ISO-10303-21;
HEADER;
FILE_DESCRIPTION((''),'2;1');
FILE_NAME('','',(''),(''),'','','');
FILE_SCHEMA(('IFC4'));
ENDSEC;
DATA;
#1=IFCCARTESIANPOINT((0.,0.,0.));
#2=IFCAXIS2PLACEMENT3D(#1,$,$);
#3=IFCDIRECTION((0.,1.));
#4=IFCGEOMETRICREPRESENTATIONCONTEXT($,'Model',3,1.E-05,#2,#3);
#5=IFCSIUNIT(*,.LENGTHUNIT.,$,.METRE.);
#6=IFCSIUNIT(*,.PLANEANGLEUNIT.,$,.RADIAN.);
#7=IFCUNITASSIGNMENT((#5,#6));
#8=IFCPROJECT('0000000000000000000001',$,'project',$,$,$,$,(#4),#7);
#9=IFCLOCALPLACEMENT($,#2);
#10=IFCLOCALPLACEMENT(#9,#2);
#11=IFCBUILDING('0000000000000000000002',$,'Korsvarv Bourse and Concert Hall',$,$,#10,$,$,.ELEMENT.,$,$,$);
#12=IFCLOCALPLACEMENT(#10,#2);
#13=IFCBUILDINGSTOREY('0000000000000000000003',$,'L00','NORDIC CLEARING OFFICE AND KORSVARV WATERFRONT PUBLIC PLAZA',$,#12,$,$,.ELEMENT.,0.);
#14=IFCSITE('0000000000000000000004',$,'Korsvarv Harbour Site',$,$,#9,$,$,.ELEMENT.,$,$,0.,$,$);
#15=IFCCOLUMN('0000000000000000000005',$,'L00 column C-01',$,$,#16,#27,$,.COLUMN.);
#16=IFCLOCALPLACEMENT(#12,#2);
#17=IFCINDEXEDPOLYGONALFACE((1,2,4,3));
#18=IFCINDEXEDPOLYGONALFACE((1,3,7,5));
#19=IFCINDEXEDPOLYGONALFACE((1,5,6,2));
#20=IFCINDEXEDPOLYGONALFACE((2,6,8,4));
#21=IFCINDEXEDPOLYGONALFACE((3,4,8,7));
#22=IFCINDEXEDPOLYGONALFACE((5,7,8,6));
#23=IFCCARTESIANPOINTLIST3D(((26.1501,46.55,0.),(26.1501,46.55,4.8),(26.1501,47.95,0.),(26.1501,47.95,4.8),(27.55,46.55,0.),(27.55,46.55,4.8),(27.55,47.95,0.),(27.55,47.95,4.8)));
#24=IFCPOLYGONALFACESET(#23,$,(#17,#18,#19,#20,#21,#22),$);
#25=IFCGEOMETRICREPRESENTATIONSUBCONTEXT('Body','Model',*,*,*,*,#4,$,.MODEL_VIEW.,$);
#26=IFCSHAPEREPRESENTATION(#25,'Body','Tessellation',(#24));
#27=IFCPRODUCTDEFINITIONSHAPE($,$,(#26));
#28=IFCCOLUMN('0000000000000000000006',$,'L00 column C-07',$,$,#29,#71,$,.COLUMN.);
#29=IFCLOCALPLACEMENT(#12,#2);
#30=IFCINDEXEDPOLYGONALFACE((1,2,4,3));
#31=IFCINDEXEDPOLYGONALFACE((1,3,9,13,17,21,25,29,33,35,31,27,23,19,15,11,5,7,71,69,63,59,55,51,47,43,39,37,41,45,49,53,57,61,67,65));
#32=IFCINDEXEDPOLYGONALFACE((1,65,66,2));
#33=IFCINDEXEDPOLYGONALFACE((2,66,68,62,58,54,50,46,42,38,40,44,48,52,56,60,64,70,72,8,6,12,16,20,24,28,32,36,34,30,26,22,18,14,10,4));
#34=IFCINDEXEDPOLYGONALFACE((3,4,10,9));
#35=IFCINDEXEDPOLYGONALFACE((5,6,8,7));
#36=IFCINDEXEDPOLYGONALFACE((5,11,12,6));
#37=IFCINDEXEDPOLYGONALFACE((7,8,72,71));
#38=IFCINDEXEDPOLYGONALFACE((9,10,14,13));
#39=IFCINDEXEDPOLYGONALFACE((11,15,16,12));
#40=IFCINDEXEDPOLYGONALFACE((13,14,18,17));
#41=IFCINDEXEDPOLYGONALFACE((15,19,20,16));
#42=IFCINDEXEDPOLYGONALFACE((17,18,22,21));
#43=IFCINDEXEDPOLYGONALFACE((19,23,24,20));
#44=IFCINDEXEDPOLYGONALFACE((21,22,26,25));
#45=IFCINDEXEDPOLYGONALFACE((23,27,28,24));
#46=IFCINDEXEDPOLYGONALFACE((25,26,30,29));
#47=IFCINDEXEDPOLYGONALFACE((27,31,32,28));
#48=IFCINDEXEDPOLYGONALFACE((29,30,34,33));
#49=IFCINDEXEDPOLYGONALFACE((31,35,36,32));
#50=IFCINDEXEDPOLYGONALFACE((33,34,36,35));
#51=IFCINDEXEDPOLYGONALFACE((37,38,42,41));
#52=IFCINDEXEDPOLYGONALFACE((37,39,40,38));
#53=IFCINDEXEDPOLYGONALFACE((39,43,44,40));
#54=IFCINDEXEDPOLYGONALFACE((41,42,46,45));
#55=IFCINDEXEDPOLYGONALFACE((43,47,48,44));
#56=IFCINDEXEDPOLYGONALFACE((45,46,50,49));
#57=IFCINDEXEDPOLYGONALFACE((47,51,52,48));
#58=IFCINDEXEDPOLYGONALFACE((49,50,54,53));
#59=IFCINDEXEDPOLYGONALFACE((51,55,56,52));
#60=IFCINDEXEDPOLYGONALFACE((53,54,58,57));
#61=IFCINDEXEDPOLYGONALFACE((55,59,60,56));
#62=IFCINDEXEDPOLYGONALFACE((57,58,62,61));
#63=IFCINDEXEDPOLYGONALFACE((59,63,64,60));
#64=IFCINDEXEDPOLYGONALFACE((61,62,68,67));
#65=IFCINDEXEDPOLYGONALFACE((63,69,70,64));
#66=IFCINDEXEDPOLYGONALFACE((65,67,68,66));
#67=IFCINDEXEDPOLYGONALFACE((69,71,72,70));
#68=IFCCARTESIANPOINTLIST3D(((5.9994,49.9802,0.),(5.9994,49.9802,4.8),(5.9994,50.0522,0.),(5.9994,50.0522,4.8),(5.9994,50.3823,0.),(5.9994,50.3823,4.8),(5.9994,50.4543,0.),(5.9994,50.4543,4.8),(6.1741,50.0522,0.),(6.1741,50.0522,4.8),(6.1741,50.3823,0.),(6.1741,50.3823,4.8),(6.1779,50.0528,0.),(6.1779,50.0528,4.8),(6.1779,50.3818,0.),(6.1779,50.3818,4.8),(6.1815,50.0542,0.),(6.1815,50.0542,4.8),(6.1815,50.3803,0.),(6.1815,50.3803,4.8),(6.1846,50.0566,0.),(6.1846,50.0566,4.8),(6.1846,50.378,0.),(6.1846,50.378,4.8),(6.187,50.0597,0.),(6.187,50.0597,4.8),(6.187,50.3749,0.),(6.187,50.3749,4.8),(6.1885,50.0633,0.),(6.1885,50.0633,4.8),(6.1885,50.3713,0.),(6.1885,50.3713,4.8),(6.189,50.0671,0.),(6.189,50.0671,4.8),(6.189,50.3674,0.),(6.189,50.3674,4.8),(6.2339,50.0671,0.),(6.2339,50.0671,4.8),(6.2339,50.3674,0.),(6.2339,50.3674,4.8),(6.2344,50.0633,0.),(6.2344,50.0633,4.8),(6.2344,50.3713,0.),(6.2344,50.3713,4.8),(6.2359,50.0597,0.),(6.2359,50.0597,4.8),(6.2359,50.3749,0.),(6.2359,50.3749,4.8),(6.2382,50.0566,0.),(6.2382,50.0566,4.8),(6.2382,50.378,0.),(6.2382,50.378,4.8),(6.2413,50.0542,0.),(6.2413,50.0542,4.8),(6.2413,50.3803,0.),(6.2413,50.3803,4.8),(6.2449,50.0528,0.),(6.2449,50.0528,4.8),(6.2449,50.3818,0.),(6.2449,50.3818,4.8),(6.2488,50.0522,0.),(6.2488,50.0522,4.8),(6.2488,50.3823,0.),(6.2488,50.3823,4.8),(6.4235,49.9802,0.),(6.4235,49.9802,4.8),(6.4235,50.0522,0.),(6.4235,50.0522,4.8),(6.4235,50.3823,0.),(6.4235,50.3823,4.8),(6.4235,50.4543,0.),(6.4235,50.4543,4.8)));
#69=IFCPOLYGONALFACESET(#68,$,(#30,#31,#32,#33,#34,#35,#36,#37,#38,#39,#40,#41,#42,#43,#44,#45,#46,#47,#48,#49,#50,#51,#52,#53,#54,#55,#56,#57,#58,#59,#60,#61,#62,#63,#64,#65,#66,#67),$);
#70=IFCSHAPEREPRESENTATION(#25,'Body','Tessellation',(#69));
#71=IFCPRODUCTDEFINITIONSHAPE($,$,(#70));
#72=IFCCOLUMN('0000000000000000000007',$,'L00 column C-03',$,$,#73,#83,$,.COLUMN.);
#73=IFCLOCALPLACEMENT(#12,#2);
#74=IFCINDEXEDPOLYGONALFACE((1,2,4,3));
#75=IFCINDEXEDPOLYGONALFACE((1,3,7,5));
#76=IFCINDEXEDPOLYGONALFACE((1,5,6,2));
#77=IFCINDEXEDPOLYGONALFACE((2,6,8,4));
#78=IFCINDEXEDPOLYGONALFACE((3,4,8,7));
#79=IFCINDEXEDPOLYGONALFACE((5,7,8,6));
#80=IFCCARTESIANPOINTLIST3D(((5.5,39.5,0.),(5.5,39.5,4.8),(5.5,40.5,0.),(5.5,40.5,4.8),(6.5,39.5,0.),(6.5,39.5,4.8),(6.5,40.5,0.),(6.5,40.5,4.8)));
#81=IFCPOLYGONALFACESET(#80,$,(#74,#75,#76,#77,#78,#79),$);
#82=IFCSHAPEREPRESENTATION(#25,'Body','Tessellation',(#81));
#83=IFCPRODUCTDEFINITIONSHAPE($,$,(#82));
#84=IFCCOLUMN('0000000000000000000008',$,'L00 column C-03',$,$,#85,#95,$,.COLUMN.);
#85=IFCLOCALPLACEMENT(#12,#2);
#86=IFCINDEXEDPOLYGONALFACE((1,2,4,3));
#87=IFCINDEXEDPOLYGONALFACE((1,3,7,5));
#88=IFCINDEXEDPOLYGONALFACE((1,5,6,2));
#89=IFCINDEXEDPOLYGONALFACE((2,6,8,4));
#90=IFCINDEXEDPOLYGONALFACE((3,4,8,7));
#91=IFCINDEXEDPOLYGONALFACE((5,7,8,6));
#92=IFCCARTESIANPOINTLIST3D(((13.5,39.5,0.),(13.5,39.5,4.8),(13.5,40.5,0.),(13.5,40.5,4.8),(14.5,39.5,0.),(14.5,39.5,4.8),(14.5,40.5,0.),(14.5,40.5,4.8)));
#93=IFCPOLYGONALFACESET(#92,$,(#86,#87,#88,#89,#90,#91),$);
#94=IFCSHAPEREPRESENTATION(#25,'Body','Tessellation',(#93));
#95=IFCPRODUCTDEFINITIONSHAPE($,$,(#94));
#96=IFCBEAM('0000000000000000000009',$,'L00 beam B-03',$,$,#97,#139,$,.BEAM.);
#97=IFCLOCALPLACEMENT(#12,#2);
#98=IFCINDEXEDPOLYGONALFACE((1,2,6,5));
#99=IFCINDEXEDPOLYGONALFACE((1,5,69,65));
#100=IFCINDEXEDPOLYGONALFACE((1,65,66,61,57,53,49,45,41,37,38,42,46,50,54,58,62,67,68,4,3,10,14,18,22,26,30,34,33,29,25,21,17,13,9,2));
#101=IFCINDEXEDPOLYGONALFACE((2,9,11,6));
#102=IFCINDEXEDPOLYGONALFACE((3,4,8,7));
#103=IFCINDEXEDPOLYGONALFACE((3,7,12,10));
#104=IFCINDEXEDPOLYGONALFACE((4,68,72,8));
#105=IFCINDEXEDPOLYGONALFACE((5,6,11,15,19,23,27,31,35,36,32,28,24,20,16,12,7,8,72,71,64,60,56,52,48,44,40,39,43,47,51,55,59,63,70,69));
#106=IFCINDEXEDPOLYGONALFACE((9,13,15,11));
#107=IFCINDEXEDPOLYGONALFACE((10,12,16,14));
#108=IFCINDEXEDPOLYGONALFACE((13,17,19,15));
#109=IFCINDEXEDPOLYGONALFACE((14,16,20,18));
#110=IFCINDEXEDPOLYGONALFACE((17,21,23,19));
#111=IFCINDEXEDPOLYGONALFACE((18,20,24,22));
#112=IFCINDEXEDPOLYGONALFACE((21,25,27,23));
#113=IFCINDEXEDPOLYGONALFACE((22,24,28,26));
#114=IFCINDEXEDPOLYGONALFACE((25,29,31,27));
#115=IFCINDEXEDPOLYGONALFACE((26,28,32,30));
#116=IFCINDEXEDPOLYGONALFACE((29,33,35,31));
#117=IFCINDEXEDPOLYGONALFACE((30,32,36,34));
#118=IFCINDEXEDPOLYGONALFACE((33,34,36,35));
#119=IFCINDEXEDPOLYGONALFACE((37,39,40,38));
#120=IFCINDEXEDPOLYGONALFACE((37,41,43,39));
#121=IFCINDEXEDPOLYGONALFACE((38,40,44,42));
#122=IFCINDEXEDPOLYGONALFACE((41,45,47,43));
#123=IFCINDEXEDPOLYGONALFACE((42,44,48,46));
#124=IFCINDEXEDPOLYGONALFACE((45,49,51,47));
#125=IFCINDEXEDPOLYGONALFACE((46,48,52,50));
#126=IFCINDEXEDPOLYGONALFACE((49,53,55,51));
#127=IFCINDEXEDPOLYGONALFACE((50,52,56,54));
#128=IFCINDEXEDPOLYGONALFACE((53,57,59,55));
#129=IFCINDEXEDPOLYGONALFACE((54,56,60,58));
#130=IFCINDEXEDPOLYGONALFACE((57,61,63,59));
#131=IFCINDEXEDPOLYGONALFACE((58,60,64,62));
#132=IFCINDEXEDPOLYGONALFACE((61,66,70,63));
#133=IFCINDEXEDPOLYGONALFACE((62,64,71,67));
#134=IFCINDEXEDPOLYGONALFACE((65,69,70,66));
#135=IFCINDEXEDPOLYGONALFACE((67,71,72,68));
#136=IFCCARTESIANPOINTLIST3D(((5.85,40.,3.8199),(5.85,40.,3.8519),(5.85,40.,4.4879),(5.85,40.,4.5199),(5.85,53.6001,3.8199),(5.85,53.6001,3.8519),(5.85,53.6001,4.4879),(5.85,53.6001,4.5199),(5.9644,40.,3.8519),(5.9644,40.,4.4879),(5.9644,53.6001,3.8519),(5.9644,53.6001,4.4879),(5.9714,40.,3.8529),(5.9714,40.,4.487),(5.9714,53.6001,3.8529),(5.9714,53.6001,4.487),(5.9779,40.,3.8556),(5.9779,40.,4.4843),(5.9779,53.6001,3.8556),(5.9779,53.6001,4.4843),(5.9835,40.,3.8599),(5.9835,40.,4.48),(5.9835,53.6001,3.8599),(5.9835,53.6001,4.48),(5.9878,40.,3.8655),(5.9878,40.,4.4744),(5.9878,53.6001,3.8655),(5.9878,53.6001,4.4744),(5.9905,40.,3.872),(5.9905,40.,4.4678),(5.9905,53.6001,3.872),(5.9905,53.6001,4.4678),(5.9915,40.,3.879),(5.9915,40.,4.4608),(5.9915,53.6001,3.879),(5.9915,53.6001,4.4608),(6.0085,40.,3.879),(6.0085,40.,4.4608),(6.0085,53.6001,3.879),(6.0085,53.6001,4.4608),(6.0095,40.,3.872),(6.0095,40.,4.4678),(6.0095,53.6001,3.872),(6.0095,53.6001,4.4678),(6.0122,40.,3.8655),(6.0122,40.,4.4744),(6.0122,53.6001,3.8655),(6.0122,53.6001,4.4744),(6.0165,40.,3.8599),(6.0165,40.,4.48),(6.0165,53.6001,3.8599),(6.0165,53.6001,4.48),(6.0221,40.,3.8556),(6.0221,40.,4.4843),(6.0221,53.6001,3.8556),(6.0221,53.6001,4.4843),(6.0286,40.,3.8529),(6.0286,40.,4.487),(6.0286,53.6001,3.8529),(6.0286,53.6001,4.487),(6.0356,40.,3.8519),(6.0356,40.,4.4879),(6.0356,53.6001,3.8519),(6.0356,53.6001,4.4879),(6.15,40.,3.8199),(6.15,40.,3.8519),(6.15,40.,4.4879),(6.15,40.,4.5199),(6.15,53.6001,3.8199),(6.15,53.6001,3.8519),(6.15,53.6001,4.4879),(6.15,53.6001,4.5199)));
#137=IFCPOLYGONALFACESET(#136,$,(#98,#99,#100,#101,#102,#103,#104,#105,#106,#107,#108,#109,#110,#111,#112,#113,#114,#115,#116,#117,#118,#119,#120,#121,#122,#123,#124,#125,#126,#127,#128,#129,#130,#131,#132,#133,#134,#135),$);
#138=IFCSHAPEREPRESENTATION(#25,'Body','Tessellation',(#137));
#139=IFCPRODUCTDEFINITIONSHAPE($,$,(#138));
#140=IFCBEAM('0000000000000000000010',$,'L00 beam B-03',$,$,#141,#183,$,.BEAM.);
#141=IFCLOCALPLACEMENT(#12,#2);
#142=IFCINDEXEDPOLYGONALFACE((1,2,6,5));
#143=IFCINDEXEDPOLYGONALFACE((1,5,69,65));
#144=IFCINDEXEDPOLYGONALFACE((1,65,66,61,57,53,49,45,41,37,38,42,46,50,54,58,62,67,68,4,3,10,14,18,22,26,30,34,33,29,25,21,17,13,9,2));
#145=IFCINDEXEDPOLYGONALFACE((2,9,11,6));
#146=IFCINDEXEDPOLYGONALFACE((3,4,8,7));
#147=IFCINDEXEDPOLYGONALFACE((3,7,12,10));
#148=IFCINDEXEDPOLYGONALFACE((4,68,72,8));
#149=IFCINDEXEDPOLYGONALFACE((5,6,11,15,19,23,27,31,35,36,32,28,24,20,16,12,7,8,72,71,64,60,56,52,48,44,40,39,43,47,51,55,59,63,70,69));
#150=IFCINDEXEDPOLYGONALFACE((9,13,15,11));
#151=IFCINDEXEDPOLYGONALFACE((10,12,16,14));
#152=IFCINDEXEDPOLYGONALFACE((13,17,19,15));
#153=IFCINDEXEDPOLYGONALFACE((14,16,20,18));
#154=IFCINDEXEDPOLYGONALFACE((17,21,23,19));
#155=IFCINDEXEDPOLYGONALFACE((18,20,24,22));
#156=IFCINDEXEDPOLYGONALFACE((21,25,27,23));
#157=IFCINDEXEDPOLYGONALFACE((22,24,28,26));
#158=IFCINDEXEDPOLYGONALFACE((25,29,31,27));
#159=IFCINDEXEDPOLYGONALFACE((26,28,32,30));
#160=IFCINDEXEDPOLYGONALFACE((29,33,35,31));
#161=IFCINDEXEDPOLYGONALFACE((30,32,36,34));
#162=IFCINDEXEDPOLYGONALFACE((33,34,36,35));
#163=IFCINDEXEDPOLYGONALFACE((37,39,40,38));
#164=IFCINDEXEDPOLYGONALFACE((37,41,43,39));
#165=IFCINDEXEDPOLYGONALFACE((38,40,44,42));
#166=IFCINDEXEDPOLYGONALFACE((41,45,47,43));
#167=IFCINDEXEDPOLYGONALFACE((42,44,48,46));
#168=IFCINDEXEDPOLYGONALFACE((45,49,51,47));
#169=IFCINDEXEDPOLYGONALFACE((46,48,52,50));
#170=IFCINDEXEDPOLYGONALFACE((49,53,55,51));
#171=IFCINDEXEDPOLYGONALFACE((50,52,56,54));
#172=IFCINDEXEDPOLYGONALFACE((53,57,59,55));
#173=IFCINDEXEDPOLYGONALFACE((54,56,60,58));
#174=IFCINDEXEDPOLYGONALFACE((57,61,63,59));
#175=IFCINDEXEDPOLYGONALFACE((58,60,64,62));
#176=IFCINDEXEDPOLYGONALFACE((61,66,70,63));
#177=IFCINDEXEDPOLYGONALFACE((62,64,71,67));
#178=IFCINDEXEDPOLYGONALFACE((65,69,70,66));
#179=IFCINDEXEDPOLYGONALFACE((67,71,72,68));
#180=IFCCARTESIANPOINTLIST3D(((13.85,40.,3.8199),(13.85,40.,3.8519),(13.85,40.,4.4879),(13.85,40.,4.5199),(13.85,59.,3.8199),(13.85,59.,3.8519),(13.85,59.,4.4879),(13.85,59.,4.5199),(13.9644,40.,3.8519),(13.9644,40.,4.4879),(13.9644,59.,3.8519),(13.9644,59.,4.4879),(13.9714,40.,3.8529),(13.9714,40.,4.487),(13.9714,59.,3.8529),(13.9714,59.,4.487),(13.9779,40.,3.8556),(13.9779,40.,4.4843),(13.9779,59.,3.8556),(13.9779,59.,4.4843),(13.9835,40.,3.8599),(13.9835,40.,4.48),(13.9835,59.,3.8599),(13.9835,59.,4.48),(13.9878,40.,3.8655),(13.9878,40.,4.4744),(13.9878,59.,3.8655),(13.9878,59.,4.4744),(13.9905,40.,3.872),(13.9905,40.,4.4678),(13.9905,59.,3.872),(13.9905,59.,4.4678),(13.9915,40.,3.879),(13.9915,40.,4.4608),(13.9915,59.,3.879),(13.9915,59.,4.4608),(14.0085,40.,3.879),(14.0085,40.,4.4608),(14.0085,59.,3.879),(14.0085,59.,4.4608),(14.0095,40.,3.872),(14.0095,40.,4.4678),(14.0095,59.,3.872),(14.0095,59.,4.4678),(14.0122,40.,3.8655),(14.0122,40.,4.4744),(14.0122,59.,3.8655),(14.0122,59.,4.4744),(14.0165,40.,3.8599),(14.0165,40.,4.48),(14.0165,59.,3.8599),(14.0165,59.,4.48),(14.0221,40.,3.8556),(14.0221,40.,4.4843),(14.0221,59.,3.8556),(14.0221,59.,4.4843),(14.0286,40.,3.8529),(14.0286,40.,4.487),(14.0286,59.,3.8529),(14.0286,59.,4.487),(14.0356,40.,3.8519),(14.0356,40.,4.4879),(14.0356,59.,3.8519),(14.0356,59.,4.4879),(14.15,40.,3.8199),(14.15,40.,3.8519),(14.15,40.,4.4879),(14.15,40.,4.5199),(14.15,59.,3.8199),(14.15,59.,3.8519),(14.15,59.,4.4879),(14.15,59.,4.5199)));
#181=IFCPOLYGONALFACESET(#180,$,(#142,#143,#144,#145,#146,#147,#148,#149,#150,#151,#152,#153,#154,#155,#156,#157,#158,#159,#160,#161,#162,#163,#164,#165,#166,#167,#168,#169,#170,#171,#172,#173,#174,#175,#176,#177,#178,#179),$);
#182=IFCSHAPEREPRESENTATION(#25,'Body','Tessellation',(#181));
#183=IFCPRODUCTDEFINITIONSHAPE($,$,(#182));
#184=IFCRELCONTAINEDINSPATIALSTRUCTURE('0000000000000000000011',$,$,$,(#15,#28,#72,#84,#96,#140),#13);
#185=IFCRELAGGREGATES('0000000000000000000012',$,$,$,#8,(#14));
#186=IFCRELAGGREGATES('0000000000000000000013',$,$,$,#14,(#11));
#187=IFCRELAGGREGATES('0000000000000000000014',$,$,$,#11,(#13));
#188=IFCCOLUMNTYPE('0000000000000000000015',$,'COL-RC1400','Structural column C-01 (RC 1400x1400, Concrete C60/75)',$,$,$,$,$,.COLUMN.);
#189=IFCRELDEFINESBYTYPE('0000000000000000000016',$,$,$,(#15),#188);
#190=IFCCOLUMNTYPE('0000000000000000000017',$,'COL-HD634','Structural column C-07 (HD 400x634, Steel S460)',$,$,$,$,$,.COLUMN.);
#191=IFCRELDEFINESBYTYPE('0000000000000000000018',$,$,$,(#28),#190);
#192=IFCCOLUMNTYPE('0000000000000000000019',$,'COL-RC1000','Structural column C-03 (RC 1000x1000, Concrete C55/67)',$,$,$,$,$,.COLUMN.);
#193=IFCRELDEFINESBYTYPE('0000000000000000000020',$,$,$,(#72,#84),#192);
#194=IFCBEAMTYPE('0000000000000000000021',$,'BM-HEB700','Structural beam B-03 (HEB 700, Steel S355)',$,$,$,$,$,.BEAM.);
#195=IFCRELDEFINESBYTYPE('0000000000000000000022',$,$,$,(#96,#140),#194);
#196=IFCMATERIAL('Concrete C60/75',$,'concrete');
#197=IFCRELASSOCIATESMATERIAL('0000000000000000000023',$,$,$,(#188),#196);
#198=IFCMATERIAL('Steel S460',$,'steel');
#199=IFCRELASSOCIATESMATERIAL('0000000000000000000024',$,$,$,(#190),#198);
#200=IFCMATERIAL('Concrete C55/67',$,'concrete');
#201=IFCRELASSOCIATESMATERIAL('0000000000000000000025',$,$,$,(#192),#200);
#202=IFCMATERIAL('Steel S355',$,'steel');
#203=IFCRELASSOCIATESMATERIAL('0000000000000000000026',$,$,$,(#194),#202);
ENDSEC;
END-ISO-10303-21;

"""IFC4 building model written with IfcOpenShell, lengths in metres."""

from ifc_helpers import new_model, si_unit, direction, frame, origin, origin_2d, place, context, subcontext, project, spatial, rectangle, i_section, extrude, source, transform, mapped, material, material_profile, profile_set, type_object, element, save


model = new_model("IFC4")

# Units and contexts
model_context = context("Model", 3, precision=1e-05, world=origin(), true_north=direction((0.0, 1.0)))
body_context = subcontext(model_context, "Body", "Model", "MODEL_VIEW")
ifc_project = project(units=[si_unit("LENGTHUNIT", "METRE"), si_unit("PLANEANGLEUNIT", "RADIAN")], contexts=[model_context])

# Site, building, storey
site_placement = place(None, origin())
site = spatial("IfcSite", under=ifc_project, at=site_placement, Name="Korsvarv Harbour Site", CompositionType="ELEMENT", RefElevation=0.0)
building_placement = place(site_placement, origin())
building = spatial("IfcBuilding", under=site, at=building_placement, Name="Korsvarv Bourse and Concert Hall", CompositionType="ELEMENT")
storey_placement = place(building_placement, origin())
storey = spatial("IfcBuildingStorey", under=building, at=storey_placement, Name="L00", Description="NORDIC CLEARING OFFICE AND KORSVARV WATERFRONT PUBLIC PLAZA", CompositionType="ELEMENT", Elevation=0.0)

# Columns
ifc_material_1 = material(Name="Concrete C60/75", Category="concrete")
ifc_material_profile_1 = material_profile(ifc_material_1, rectangle(XDim=1.3999, YDim=1.3999, at=origin_2d()), Name="RC 1400x1400")
ifc_profile_set_1 = profile_set([ifc_material_profile_1], Name="Concrete C60/75")
column_type_1 = type_object("IfcColumnType", Name="COL-RC1400", Description="Structural column C-01 (RC 1400x1400, Concrete C60/75)", PredefinedType="COLUMN", material=ifc_profile_set_1)
shared_shape_1 = source(origin(), body_context, "Body", "SweptSolid", [
    extrude(rectangle(XDim=1.3999, YDim=1.3999, at=origin_2d()), origin(), (0.0, 0.0, 1.0), 4.8),
])
column_1_placement = place(storey_placement, frame((26.8501, 47.25, 0.0), z_axis=(0.0, 0.0, 1.0), x_axis=(1.0, 0.0, 0.0)))
element("IfcColumn", 1, at=column_1_placement, inside=storey, type_object=column_type_1, Name="L00 column C-01", PredefinedType="COLUMN", context=body_context, shape_type="MappedRepresentation", body=[
    mapped(shared_shape_1, transform((0.0, 0.0, 0.0), scale=1.0)),
])
ifc_material_2 = material(Name="Steel S460", Category="steel")
ifc_material_profile_2 = material_profile(ifc_material_2, i_section(OverallWidth=0.4241, OverallDepth=0.4741, WebThickness=0.0449, FlangeThickness=0.072, FilletRadius=0.0149, at=origin_2d()), Name="HD 400x634")
ifc_profile_set_2 = profile_set([ifc_material_profile_2], Name="Steel S460")
column_type_2 = type_object("IfcColumnType", Name="COL-HD634", Description="Structural column C-07 (HD 400x634, Steel S460)", PredefinedType="COLUMN", material=ifc_profile_set_2)
shared_shape_2 = source(origin(), body_context, "Body", "SweptSolid", [
    extrude(i_section(OverallWidth=0.4241, OverallDepth=0.4741, WebThickness=0.0449, FlangeThickness=0.072, FilletRadius=0.0149, at=origin_2d()), origin(), (0.0, 0.0, 1.0), 4.8),
])
column_2_placement = place(storey_placement, frame((6.2114, 50.2173, 0.0), z_axis=(0.0, 0.0, 1.0), x_axis=(1.0, 0.0, 0.0)))
element("IfcColumn", 2, at=column_2_placement, inside=storey, type_object=column_type_2, Name="L00 column C-07", PredefinedType="COLUMN", context=body_context, shape_type="MappedRepresentation", body=[
    mapped(shared_shape_2, transform((0.0, 0.0, 0.0), scale=1.0)),
])
ifc_material_3 = material(Name="Concrete C55/67", Category="concrete")
ifc_material_profile_3 = material_profile(ifc_material_3, rectangle(XDim=1.0, YDim=1.0, at=origin_2d()), Name="RC 1000x1000")
ifc_profile_set_3 = profile_set([ifc_material_profile_3], Name="Concrete C55/67")
column_type_3 = type_object("IfcColumnType", Name="COL-RC1000", Description="Structural column C-03 (RC 1000x1000, Concrete C55/67)", PredefinedType="COLUMN", material=ifc_profile_set_3)
shared_shape_3 = source(origin(), body_context, "Body", "SweptSolid", [
    extrude(rectangle(XDim=1.0, YDim=1.0, at=origin_2d()), origin(), (0.0, 0.0, 1.0), 4.8),
])
for number, where, z_axis, x_axis, name in (
    (3, (6.0, 40.0, 0.0), (0.0, 0.0, 1.0), (1.0, 0.0, 0.0), "L00 column C-03"),
    (4, (14.0, 40.0, 0.0), (0.0, 0.0, 1.0), (1.0, 0.0, 0.0), "L00 column C-03"),
):
    element("IfcColumn", number, at=place(storey_placement, frame(where, z_axis=z_axis, x_axis=x_axis)), inside=storey, type_object=column_type_3, Name=name, PredefinedType="COLUMN", context=body_context, shape_type="MappedRepresentation", body=[
        mapped(shared_shape_3, transform((0.0, 0.0, 0.0), scale=1.0)),
    ])

# Beams
ifc_material_4 = material(Name="Steel S355", Category="steel")
ifc_material_profile_4 = material_profile(ifc_material_4, i_section(OverallWidth=0.3, OverallDepth=0.7, WebThickness=0.0171, FlangeThickness=0.032, FilletRadius=0.0271, at=origin_2d()), Name="HEB 700")
ifc_profile_set_4 = profile_set([ifc_material_profile_4], Name="Steel S355")
beam_type = type_object("IfcBeamType", Name="BM-HEB700", Description="Structural beam B-03 (HEB 700, Steel S355)", PredefinedType="BEAM", material=ifc_profile_set_4)
shared_shape_4 = source(origin(), body_context, "Body", "SweptSolid", [
    extrude(i_section(OverallWidth=0.3, OverallDepth=0.7, WebThickness=0.0171, FlangeThickness=0.032, FilletRadius=0.0271, at=origin_2d()), origin(), (0.0, 0.0, 1.0), 13.6001),
])
beam_1_placement = place(storey_placement, frame((6.0, 40.0, 4.1699), z_axis=(0.0, 1.0, 0.0), x_axis=(-1.0, 0.0, 0.0)))
element("IfcBeam", 5, at=beam_1_placement, inside=storey, type_object=beam_type, Name="L00 beam B-03", PredefinedType="BEAM", context=body_context, shape_type="MappedRepresentation", body=[
    mapped(shared_shape_4, transform((0.0, 0.0, 0.0), scale=1.0)),
])
shared_shape_5 = source(origin(), body_context, "Body", "SweptSolid", [
    extrude(i_section(OverallWidth=0.3, OverallDepth=0.7, WebThickness=0.0171, FlangeThickness=0.032, FilletRadius=0.0271, at=origin_2d()), origin(), (0.0, 0.0, 1.0), 19.0),
])
beam_2_placement = place(storey_placement, frame((14.0, 40.0, 4.1699), z_axis=(0.0, 1.0, 0.0), x_axis=(-1.0, 0.0, 0.0)))
element("IfcBeam", 6, at=beam_2_placement, inside=storey, type_object=beam_type, Name="L00 beam B-03", PredefinedType="BEAM", context=body_context, shape_type="MappedRepresentation", body=[
    mapped(shared_shape_5, transform((0.0, 0.0, 0.0), scale=1.0)),
])

save(model, "model.ifc")
